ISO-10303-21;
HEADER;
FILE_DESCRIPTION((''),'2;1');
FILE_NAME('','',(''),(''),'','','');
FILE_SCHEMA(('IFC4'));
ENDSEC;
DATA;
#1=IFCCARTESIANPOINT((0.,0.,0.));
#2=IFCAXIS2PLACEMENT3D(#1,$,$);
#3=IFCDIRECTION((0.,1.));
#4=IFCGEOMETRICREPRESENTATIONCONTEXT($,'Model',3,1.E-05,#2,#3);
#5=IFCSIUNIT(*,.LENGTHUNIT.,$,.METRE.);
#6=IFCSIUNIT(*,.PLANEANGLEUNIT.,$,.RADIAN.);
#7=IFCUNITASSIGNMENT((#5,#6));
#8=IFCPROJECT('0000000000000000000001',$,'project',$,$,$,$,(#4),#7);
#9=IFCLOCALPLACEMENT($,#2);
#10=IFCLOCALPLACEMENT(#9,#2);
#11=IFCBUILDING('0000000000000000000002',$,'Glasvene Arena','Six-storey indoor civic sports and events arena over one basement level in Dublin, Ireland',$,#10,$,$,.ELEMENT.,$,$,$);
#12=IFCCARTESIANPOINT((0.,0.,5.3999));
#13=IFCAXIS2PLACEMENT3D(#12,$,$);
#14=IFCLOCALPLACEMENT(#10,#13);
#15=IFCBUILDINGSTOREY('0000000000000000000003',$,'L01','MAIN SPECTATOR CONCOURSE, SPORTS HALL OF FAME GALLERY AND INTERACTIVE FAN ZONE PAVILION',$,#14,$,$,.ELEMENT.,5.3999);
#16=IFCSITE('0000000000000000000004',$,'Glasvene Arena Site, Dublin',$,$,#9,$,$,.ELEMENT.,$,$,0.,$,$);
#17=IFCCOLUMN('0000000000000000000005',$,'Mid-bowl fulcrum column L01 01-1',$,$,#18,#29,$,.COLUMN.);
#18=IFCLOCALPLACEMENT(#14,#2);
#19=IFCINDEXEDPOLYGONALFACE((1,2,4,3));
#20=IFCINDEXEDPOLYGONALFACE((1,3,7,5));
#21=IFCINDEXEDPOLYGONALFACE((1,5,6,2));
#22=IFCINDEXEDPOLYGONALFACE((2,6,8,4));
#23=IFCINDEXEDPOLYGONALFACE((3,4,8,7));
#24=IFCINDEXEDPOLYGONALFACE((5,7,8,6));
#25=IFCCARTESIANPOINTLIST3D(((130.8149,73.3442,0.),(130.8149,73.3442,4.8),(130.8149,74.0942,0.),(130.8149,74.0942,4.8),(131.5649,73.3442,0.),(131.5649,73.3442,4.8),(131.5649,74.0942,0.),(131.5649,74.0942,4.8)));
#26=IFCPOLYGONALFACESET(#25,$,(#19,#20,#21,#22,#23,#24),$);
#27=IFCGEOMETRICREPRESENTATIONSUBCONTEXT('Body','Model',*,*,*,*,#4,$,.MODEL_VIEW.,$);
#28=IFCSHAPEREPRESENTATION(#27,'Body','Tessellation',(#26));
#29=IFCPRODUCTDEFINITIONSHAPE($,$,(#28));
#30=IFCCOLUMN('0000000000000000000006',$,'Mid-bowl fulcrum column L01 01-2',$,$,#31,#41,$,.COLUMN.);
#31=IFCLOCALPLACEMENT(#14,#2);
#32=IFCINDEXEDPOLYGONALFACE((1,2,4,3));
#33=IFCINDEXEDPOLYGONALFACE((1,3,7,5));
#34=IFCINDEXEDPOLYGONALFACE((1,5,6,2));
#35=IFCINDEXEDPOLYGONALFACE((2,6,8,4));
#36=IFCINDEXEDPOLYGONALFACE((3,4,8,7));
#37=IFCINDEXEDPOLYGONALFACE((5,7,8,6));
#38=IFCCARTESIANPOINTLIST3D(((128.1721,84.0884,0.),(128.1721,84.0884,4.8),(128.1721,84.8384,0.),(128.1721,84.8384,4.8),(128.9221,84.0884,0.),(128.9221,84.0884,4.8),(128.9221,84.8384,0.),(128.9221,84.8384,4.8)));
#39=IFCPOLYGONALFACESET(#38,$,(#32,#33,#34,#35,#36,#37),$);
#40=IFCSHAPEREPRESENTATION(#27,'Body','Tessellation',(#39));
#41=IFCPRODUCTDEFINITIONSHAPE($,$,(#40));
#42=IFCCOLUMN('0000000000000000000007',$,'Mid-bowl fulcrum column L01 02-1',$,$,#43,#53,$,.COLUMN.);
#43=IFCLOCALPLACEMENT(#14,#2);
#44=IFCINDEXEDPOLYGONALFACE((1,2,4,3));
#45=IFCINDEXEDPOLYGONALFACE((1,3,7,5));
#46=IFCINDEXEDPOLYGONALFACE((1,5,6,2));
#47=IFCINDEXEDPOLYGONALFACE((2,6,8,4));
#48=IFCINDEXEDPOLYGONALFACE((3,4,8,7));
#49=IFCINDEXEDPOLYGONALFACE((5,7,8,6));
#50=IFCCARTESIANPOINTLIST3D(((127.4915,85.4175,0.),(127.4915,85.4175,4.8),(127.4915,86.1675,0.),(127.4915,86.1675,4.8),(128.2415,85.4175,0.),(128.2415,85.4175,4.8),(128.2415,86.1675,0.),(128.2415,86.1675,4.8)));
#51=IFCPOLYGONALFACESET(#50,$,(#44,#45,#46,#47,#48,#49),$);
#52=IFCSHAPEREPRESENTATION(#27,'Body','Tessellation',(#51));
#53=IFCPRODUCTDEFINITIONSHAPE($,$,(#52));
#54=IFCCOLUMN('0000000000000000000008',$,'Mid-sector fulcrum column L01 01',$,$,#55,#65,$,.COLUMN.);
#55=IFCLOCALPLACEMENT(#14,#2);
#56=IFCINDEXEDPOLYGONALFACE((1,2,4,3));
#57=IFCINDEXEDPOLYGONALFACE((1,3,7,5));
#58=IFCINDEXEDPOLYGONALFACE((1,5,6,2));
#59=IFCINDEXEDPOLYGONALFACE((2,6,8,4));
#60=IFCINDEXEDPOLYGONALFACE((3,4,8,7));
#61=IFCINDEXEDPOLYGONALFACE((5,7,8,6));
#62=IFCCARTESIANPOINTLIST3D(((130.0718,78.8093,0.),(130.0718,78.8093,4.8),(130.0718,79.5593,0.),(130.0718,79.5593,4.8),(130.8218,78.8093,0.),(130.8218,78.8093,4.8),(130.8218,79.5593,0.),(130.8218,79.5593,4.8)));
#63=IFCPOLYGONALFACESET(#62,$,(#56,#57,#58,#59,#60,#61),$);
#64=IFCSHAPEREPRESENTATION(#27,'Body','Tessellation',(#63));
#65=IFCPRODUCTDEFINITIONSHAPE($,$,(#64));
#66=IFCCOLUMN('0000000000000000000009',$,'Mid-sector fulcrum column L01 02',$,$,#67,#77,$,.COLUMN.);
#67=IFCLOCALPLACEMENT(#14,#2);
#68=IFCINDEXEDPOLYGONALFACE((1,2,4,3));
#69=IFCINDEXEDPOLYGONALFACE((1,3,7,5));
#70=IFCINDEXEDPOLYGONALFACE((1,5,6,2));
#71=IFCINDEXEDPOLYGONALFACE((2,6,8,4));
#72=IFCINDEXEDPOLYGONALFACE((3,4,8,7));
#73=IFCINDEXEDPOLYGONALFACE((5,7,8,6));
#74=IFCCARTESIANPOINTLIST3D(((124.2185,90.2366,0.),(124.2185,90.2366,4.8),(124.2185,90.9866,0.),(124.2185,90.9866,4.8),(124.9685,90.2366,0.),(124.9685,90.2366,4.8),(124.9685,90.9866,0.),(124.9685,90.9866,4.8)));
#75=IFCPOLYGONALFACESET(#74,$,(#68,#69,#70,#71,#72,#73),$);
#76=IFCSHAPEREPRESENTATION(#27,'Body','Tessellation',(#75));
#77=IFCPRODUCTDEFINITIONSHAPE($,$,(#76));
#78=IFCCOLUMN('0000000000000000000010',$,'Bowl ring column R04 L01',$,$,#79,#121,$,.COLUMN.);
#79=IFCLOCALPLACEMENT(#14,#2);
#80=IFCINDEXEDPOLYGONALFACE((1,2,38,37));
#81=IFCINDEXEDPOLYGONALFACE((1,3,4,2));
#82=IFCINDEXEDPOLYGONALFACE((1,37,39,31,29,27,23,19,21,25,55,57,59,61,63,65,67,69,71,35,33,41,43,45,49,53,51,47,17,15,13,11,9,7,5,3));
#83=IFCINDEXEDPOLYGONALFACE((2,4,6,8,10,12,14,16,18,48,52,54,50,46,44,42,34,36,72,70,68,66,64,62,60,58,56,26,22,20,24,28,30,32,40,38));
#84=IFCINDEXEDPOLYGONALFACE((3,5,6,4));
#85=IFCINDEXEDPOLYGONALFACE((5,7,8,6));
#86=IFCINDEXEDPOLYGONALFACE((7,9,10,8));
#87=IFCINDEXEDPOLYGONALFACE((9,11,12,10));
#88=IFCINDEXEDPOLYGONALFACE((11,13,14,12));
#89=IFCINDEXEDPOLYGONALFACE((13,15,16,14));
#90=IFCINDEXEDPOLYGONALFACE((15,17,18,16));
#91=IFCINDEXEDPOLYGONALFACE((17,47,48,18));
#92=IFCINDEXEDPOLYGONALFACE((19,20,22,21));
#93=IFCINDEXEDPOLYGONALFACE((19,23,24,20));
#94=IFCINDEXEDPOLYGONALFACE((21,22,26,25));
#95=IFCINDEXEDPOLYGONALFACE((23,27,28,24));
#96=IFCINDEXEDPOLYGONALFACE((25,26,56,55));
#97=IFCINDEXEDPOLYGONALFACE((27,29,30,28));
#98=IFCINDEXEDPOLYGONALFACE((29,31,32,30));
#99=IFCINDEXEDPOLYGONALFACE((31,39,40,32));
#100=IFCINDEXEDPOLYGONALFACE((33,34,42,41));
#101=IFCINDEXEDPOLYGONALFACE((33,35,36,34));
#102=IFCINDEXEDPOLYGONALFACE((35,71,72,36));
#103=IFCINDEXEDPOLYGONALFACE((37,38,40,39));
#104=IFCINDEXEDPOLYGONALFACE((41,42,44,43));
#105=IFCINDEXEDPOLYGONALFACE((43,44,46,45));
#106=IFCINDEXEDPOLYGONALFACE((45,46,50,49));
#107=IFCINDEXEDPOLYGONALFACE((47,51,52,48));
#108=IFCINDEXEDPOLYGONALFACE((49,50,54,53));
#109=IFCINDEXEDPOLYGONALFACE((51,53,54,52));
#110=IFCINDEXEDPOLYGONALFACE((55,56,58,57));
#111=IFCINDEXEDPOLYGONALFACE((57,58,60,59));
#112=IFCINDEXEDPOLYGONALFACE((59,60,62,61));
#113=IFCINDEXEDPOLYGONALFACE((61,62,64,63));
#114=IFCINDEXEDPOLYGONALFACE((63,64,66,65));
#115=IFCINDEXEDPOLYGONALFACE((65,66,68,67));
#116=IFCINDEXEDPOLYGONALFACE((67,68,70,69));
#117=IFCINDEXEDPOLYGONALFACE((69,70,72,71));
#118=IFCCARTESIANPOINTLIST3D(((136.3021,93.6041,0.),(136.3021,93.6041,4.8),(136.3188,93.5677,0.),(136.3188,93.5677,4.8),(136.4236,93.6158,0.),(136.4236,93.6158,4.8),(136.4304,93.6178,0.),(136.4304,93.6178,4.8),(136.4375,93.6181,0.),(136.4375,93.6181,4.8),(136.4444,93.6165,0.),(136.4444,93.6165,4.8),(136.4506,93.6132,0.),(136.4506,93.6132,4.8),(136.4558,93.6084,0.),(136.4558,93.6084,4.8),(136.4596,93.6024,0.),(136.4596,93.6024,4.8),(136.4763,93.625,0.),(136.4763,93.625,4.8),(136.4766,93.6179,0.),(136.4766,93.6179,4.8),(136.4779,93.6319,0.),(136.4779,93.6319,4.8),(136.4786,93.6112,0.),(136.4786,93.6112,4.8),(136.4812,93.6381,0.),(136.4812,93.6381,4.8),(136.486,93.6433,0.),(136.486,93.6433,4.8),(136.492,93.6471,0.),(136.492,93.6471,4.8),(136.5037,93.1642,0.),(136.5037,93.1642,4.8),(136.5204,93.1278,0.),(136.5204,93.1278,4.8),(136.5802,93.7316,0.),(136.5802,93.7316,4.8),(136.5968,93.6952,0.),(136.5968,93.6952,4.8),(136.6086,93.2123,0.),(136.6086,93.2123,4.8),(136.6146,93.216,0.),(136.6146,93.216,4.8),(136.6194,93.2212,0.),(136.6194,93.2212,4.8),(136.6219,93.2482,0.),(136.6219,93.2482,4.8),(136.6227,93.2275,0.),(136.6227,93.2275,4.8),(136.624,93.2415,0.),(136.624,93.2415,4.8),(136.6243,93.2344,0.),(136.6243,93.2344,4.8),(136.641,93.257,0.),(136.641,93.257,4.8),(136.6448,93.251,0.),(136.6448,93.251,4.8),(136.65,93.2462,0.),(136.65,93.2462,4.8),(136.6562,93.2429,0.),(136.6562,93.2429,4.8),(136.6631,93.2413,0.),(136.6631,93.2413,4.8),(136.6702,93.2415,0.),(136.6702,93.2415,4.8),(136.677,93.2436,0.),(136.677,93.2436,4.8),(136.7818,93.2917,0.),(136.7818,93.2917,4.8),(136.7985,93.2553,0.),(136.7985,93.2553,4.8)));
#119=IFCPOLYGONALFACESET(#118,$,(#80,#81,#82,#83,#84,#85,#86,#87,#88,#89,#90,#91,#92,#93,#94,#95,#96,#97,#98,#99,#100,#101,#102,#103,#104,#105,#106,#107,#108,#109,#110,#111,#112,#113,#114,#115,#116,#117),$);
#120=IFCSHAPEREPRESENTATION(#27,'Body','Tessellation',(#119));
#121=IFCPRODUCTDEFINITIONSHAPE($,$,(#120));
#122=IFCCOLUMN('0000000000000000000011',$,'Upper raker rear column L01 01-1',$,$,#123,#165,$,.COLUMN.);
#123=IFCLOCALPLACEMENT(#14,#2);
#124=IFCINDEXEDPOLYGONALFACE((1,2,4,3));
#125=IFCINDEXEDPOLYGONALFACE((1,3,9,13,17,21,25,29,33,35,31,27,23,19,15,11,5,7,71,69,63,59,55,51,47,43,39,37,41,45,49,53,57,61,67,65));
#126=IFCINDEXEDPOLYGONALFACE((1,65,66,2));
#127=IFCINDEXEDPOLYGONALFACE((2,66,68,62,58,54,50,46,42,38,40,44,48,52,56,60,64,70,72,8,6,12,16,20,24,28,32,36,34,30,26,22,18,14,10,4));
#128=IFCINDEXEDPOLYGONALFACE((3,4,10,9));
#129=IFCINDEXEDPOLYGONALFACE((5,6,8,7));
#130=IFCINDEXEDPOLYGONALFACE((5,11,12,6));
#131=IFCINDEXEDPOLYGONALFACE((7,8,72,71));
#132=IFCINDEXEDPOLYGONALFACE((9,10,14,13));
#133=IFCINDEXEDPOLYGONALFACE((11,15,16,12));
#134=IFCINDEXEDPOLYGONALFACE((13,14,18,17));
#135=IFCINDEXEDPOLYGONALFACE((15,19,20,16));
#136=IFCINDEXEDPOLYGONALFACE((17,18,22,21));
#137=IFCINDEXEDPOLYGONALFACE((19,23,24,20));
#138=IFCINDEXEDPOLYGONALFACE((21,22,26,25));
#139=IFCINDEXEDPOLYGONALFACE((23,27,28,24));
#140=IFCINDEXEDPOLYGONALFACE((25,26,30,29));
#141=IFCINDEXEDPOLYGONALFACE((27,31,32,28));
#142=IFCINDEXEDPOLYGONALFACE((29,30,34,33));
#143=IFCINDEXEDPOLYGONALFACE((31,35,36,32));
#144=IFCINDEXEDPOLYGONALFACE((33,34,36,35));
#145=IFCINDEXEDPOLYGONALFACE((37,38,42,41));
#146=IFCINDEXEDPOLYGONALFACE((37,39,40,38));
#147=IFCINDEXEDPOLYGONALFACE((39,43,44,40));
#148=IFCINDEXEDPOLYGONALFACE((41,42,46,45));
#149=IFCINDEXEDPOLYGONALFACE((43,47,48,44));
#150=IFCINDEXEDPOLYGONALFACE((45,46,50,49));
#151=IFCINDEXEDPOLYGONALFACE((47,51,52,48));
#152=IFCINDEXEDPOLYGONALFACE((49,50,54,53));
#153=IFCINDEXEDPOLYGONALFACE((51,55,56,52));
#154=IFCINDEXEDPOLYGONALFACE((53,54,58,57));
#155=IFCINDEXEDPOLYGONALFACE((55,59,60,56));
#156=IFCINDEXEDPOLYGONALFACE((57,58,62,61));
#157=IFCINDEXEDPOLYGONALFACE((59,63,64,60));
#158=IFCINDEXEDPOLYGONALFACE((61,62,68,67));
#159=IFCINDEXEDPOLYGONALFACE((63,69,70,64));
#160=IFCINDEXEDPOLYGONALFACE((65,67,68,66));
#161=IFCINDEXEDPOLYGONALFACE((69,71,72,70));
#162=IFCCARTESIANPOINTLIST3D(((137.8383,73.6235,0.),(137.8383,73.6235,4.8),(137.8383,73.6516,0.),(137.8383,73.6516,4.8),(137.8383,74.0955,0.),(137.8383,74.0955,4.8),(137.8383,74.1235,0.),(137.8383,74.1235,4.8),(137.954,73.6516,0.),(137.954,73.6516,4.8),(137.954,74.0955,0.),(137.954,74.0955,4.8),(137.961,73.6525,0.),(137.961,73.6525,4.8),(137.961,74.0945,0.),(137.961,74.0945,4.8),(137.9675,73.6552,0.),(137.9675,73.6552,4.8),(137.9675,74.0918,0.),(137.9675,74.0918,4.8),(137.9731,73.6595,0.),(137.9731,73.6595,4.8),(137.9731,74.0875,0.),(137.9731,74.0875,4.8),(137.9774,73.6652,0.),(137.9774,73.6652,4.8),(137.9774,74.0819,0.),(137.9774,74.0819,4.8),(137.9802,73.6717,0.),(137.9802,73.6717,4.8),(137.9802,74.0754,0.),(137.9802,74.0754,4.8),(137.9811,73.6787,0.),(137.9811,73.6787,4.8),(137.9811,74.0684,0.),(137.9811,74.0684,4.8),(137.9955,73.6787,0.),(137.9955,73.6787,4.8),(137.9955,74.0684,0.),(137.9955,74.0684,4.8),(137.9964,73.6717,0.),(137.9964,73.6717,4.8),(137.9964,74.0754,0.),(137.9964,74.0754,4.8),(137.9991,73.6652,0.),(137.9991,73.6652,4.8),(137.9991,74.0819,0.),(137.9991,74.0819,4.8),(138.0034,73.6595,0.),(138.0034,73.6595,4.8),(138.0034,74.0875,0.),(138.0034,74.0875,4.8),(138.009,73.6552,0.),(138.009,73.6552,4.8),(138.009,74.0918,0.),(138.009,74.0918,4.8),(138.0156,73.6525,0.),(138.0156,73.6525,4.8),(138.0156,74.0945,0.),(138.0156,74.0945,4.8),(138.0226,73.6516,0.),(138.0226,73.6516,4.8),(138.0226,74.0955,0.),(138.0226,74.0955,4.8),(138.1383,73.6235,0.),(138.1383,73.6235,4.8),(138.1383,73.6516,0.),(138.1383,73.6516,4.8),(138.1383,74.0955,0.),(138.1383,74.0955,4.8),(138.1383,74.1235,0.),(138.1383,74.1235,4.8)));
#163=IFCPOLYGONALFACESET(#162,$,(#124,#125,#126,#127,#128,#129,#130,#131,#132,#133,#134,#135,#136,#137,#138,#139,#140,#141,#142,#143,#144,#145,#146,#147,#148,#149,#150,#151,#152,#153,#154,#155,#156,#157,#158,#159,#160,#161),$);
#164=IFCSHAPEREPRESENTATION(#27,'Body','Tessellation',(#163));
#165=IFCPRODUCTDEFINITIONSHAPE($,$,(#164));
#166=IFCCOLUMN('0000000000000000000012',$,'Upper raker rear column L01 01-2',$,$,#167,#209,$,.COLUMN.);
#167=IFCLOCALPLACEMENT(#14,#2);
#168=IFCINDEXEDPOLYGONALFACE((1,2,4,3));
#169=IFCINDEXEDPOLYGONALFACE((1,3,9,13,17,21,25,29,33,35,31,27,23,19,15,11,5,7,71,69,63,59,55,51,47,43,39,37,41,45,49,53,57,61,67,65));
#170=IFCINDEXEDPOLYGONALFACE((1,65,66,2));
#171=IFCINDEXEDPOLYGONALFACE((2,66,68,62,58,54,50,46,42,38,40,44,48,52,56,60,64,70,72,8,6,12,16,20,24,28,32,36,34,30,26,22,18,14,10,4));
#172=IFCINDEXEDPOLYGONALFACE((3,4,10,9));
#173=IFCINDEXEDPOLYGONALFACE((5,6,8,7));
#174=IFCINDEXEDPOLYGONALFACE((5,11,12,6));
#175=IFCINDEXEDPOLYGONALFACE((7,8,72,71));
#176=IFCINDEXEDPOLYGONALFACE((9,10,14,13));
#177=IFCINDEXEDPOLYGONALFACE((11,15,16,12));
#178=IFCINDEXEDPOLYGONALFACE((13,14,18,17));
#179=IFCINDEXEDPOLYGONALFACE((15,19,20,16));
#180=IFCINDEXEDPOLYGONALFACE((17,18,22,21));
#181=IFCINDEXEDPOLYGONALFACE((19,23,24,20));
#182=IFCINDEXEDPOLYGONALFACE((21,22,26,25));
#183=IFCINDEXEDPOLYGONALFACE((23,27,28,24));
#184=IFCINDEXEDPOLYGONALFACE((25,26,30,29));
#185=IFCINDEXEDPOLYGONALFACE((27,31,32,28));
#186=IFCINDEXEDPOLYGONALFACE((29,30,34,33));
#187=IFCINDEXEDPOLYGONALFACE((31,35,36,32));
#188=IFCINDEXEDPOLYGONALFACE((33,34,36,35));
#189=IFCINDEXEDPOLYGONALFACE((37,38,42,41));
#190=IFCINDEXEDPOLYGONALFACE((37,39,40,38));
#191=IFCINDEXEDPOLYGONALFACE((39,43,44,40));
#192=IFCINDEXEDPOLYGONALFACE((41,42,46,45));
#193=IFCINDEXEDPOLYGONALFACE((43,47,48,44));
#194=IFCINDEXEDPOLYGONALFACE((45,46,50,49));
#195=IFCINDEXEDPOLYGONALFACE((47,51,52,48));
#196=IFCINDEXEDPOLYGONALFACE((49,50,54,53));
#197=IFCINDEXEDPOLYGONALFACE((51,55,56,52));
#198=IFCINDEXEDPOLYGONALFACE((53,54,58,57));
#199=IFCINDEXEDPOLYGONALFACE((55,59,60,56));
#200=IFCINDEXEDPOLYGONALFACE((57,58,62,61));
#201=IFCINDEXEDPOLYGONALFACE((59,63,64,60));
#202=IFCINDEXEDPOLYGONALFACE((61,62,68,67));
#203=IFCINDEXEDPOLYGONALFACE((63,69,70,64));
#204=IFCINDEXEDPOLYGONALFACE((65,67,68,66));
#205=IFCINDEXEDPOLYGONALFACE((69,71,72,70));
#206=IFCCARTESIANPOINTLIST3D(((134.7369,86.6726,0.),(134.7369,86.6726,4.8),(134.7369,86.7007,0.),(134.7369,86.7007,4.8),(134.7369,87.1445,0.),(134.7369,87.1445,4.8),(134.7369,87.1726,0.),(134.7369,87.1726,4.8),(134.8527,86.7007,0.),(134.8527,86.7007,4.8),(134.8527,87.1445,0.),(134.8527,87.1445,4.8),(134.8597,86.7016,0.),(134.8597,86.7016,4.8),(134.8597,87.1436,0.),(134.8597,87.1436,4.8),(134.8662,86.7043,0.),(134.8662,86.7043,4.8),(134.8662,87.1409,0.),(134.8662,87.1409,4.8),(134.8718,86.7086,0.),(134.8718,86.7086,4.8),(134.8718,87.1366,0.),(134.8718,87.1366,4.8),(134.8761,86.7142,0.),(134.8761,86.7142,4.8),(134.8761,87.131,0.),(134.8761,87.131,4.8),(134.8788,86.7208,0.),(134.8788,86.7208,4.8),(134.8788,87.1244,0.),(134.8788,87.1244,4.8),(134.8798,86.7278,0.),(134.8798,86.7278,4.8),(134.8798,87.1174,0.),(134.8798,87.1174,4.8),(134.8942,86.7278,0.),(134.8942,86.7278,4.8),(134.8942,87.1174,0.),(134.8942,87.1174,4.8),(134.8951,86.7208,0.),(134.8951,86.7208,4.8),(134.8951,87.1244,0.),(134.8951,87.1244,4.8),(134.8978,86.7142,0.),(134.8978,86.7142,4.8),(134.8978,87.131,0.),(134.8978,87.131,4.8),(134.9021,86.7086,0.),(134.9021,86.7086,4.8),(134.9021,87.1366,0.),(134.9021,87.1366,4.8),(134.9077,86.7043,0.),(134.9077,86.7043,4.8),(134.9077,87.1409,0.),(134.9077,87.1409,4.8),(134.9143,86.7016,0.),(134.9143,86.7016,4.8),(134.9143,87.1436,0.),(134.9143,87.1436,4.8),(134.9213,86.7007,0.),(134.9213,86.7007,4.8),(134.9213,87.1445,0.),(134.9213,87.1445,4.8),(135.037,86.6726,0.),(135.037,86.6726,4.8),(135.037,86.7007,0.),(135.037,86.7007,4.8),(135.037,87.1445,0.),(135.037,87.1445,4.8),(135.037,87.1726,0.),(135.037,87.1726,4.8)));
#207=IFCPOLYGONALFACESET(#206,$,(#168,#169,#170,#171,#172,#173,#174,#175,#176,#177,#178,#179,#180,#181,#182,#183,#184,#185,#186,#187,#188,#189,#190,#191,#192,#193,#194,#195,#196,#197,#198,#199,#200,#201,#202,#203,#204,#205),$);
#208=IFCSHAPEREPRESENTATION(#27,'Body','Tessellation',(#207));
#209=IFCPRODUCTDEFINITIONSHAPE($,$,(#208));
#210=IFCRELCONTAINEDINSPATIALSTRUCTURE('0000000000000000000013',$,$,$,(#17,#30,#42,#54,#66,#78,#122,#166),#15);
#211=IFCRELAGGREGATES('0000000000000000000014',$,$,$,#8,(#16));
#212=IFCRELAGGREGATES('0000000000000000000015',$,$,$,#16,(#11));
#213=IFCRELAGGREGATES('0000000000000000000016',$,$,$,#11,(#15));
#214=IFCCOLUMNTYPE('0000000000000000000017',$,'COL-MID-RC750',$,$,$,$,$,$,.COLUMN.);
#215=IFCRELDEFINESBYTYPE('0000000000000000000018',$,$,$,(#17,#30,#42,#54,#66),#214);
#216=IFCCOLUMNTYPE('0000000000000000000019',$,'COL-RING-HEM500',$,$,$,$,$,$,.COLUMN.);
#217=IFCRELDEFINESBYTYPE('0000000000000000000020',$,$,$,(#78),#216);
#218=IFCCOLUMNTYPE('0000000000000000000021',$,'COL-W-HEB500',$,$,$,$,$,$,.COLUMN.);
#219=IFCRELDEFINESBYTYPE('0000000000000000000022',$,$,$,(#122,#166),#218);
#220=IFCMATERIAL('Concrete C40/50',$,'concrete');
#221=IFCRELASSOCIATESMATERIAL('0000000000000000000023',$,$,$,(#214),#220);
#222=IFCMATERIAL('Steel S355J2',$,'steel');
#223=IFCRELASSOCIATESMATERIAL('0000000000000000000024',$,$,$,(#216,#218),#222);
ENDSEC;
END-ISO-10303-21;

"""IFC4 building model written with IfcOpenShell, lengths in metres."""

from ifc_helpers import new_model, si_unit, direction, frame, origin, origin_2d, place, context, subcontext, project, spatial, rectangle, i_section, extrude, material, material_profile, profile_set, type_object, element, save


model = new_model("IFC4")

# Units and contexts
model_context = context("Model", 3, precision=1e-05, world=origin(), true_north=direction((0.0, 1.0)))
body_context = subcontext(model_context, "Body", "Model", "MODEL_VIEW")
ifc_project = project(units=[si_unit("LENGTHUNIT", "METRE"), si_unit("PLANEANGLEUNIT", "RADIAN")], contexts=[model_context])

# Site, building, storey
site_placement = place(None, origin())
site = spatial("IfcSite", under=ifc_project, at=site_placement, Name="Glasvene Arena Site, Dublin", CompositionType="ELEMENT", RefElevation=0.0)
building_placement = place(site_placement, origin())
building = spatial("IfcBuilding", under=site, at=building_placement, Name="Glasvene Arena", Description="Six-storey indoor civic sports and events arena over one basement level in Dublin, Ireland", CompositionType="ELEMENT")
storey_placement = place(building_placement, frame((0.0, 0.0, 5.3999)))
storey = spatial("IfcBuildingStorey", under=building, at=storey_placement, Name="L01", Description="MAIN SPECTATOR CONCOURSE, SPORTS HALL OF FAME GALLERY AND INTERACTIVE FAN ZONE PAVILION", CompositionType="ELEMENT", Elevation=5.3999)

# Columns
ifc_material_1 = material(Name="Concrete C40/50", Category="concrete")
ifc_material_profile_1 = material_profile(ifc_material_1, rectangle(XDim=0.75, YDim=0.75, at=origin_2d()), Name="RC 750x750")
ifc_profile_set_1 = profile_set([ifc_material_profile_1], Name="Concrete C40/50")
column_type_1 = type_object("IfcColumnType", Name="COL-MID-RC750", PredefinedType="COLUMN", material=ifc_profile_set_1)
for number, where, z_axis, x_axis, name in (
    (1, (131.1899, 73.7192, 0.0), (0.0, 0.0, 1.0), (1.0, 0.0, 0.0), "Mid-bowl fulcrum column L01 01-1"),
    (2, (128.5471, 84.4634, 0.0), (0.0, 0.0, 1.0), (1.0, 0.0, 0.0), "Mid-bowl fulcrum column L01 01-2"),
    (3, (127.8665, 85.7925, 0.0), (0.0, 0.0, 1.0), (1.0, 0.0, 0.0), "Mid-bowl fulcrum column L01 02-1"),
    (4, (130.4468, 79.1843, 0.0), (0.0, 0.0, 1.0), (1.0, 0.0, 0.0), "Mid-sector fulcrum column L01 01"),
    (5, (124.5935, 90.6116, 0.0), (0.0, 0.0, 1.0), (1.0, 0.0, 0.0), "Mid-sector fulcrum column L01 02"),
):
    element("IfcColumn", number, at=place(storey_placement, frame(where, z_axis=z_axis, x_axis=x_axis)), inside=storey, type_object=column_type_1, Name=name, PredefinedType="COLUMN", context=body_context, shape_type="SweptSolid", body=[
        extrude(rectangle(XDim=0.75, YDim=0.75, at=origin_2d()), origin(), (0.0, 0.0, 1.0), 4.8),
    ])
ifc_material_2 = material(Name="Steel S355J2", Category="steel")
ifc_material_profile_2 = material_profile(ifc_material_2, i_section(OverallWidth=0.3059, OverallDepth=0.5239, WebThickness=0.021, FlangeThickness=0.04, FilletRadius=0.0271, at=origin_2d()), Name="HEM 500")
ifc_profile_set_2 = profile_set([ifc_material_profile_2], Name="Steel S355J2")
column_type_2 = type_object("IfcColumnType", Name="COL-RING-HEM500", PredefinedType="COLUMN", material=ifc_profile_set_2)
column_placement = place(storey_placement, frame((136.5503, 93.4297, 0.0), z_axis=(0.0, 0.0, 1.0), x_axis=(0.909018, 0.416757, 0.0)))
element("IfcColumn", 6, at=column_placement, inside=storey, type_object=column_type_2, Name="Bowl ring column R04 L01", PredefinedType="COLUMN", context=body_context, shape_type="SweptSolid", body=[
    extrude(i_section(OverallWidth=0.3059, OverallDepth=0.5239, WebThickness=0.021, FlangeThickness=0.04, FilletRadius=0.0271, at=origin_2d()), origin(), (0.0, 0.0, 1.0), 4.8),
])
ifc_material_profile_3 = material_profile(ifc_material_2, i_section(OverallWidth=0.3, OverallDepth=0.5, WebThickness=0.0144, FlangeThickness=0.0281, FilletRadius=0.0271, at=origin_2d()), Name="HEB 500")
ifc_profile_set_3 = profile_set([ifc_material_profile_3], Name="Steel S355J2")
column_type_3 = type_object("IfcColumnType", Name="COL-W-HEB500", PredefinedType="COLUMN", material=ifc_profile_set_3)
for number, where, z_axis, x_axis, name in (
    (7, (137.9883, 73.8735, 0.0), (0.0, 0.0, 1.0), (1.0, 0.0, 0.0), "Upper raker rear column L01 01-1"),
    (8, (134.887, 86.9226, 0.0), (0.0, 0.0, 1.0), (1.0, 0.0, 0.0), "Upper raker rear column L01 01-2"),
):
    element("IfcColumn", number, at=place(storey_placement, frame(where, z_axis=z_axis, x_axis=x_axis)), inside=storey, type_object=column_type_3, Name=name, PredefinedType="COLUMN", context=body_context, shape_type="SweptSolid", body=[
        extrude(i_section(OverallWidth=0.3, OverallDepth=0.5, WebThickness=0.0144, FlangeThickness=0.0281, FilletRadius=0.0271, at=origin_2d()), origin(), (0.0, 0.0, 1.0), 4.8),
    ])

save(model, "model.ifc")
